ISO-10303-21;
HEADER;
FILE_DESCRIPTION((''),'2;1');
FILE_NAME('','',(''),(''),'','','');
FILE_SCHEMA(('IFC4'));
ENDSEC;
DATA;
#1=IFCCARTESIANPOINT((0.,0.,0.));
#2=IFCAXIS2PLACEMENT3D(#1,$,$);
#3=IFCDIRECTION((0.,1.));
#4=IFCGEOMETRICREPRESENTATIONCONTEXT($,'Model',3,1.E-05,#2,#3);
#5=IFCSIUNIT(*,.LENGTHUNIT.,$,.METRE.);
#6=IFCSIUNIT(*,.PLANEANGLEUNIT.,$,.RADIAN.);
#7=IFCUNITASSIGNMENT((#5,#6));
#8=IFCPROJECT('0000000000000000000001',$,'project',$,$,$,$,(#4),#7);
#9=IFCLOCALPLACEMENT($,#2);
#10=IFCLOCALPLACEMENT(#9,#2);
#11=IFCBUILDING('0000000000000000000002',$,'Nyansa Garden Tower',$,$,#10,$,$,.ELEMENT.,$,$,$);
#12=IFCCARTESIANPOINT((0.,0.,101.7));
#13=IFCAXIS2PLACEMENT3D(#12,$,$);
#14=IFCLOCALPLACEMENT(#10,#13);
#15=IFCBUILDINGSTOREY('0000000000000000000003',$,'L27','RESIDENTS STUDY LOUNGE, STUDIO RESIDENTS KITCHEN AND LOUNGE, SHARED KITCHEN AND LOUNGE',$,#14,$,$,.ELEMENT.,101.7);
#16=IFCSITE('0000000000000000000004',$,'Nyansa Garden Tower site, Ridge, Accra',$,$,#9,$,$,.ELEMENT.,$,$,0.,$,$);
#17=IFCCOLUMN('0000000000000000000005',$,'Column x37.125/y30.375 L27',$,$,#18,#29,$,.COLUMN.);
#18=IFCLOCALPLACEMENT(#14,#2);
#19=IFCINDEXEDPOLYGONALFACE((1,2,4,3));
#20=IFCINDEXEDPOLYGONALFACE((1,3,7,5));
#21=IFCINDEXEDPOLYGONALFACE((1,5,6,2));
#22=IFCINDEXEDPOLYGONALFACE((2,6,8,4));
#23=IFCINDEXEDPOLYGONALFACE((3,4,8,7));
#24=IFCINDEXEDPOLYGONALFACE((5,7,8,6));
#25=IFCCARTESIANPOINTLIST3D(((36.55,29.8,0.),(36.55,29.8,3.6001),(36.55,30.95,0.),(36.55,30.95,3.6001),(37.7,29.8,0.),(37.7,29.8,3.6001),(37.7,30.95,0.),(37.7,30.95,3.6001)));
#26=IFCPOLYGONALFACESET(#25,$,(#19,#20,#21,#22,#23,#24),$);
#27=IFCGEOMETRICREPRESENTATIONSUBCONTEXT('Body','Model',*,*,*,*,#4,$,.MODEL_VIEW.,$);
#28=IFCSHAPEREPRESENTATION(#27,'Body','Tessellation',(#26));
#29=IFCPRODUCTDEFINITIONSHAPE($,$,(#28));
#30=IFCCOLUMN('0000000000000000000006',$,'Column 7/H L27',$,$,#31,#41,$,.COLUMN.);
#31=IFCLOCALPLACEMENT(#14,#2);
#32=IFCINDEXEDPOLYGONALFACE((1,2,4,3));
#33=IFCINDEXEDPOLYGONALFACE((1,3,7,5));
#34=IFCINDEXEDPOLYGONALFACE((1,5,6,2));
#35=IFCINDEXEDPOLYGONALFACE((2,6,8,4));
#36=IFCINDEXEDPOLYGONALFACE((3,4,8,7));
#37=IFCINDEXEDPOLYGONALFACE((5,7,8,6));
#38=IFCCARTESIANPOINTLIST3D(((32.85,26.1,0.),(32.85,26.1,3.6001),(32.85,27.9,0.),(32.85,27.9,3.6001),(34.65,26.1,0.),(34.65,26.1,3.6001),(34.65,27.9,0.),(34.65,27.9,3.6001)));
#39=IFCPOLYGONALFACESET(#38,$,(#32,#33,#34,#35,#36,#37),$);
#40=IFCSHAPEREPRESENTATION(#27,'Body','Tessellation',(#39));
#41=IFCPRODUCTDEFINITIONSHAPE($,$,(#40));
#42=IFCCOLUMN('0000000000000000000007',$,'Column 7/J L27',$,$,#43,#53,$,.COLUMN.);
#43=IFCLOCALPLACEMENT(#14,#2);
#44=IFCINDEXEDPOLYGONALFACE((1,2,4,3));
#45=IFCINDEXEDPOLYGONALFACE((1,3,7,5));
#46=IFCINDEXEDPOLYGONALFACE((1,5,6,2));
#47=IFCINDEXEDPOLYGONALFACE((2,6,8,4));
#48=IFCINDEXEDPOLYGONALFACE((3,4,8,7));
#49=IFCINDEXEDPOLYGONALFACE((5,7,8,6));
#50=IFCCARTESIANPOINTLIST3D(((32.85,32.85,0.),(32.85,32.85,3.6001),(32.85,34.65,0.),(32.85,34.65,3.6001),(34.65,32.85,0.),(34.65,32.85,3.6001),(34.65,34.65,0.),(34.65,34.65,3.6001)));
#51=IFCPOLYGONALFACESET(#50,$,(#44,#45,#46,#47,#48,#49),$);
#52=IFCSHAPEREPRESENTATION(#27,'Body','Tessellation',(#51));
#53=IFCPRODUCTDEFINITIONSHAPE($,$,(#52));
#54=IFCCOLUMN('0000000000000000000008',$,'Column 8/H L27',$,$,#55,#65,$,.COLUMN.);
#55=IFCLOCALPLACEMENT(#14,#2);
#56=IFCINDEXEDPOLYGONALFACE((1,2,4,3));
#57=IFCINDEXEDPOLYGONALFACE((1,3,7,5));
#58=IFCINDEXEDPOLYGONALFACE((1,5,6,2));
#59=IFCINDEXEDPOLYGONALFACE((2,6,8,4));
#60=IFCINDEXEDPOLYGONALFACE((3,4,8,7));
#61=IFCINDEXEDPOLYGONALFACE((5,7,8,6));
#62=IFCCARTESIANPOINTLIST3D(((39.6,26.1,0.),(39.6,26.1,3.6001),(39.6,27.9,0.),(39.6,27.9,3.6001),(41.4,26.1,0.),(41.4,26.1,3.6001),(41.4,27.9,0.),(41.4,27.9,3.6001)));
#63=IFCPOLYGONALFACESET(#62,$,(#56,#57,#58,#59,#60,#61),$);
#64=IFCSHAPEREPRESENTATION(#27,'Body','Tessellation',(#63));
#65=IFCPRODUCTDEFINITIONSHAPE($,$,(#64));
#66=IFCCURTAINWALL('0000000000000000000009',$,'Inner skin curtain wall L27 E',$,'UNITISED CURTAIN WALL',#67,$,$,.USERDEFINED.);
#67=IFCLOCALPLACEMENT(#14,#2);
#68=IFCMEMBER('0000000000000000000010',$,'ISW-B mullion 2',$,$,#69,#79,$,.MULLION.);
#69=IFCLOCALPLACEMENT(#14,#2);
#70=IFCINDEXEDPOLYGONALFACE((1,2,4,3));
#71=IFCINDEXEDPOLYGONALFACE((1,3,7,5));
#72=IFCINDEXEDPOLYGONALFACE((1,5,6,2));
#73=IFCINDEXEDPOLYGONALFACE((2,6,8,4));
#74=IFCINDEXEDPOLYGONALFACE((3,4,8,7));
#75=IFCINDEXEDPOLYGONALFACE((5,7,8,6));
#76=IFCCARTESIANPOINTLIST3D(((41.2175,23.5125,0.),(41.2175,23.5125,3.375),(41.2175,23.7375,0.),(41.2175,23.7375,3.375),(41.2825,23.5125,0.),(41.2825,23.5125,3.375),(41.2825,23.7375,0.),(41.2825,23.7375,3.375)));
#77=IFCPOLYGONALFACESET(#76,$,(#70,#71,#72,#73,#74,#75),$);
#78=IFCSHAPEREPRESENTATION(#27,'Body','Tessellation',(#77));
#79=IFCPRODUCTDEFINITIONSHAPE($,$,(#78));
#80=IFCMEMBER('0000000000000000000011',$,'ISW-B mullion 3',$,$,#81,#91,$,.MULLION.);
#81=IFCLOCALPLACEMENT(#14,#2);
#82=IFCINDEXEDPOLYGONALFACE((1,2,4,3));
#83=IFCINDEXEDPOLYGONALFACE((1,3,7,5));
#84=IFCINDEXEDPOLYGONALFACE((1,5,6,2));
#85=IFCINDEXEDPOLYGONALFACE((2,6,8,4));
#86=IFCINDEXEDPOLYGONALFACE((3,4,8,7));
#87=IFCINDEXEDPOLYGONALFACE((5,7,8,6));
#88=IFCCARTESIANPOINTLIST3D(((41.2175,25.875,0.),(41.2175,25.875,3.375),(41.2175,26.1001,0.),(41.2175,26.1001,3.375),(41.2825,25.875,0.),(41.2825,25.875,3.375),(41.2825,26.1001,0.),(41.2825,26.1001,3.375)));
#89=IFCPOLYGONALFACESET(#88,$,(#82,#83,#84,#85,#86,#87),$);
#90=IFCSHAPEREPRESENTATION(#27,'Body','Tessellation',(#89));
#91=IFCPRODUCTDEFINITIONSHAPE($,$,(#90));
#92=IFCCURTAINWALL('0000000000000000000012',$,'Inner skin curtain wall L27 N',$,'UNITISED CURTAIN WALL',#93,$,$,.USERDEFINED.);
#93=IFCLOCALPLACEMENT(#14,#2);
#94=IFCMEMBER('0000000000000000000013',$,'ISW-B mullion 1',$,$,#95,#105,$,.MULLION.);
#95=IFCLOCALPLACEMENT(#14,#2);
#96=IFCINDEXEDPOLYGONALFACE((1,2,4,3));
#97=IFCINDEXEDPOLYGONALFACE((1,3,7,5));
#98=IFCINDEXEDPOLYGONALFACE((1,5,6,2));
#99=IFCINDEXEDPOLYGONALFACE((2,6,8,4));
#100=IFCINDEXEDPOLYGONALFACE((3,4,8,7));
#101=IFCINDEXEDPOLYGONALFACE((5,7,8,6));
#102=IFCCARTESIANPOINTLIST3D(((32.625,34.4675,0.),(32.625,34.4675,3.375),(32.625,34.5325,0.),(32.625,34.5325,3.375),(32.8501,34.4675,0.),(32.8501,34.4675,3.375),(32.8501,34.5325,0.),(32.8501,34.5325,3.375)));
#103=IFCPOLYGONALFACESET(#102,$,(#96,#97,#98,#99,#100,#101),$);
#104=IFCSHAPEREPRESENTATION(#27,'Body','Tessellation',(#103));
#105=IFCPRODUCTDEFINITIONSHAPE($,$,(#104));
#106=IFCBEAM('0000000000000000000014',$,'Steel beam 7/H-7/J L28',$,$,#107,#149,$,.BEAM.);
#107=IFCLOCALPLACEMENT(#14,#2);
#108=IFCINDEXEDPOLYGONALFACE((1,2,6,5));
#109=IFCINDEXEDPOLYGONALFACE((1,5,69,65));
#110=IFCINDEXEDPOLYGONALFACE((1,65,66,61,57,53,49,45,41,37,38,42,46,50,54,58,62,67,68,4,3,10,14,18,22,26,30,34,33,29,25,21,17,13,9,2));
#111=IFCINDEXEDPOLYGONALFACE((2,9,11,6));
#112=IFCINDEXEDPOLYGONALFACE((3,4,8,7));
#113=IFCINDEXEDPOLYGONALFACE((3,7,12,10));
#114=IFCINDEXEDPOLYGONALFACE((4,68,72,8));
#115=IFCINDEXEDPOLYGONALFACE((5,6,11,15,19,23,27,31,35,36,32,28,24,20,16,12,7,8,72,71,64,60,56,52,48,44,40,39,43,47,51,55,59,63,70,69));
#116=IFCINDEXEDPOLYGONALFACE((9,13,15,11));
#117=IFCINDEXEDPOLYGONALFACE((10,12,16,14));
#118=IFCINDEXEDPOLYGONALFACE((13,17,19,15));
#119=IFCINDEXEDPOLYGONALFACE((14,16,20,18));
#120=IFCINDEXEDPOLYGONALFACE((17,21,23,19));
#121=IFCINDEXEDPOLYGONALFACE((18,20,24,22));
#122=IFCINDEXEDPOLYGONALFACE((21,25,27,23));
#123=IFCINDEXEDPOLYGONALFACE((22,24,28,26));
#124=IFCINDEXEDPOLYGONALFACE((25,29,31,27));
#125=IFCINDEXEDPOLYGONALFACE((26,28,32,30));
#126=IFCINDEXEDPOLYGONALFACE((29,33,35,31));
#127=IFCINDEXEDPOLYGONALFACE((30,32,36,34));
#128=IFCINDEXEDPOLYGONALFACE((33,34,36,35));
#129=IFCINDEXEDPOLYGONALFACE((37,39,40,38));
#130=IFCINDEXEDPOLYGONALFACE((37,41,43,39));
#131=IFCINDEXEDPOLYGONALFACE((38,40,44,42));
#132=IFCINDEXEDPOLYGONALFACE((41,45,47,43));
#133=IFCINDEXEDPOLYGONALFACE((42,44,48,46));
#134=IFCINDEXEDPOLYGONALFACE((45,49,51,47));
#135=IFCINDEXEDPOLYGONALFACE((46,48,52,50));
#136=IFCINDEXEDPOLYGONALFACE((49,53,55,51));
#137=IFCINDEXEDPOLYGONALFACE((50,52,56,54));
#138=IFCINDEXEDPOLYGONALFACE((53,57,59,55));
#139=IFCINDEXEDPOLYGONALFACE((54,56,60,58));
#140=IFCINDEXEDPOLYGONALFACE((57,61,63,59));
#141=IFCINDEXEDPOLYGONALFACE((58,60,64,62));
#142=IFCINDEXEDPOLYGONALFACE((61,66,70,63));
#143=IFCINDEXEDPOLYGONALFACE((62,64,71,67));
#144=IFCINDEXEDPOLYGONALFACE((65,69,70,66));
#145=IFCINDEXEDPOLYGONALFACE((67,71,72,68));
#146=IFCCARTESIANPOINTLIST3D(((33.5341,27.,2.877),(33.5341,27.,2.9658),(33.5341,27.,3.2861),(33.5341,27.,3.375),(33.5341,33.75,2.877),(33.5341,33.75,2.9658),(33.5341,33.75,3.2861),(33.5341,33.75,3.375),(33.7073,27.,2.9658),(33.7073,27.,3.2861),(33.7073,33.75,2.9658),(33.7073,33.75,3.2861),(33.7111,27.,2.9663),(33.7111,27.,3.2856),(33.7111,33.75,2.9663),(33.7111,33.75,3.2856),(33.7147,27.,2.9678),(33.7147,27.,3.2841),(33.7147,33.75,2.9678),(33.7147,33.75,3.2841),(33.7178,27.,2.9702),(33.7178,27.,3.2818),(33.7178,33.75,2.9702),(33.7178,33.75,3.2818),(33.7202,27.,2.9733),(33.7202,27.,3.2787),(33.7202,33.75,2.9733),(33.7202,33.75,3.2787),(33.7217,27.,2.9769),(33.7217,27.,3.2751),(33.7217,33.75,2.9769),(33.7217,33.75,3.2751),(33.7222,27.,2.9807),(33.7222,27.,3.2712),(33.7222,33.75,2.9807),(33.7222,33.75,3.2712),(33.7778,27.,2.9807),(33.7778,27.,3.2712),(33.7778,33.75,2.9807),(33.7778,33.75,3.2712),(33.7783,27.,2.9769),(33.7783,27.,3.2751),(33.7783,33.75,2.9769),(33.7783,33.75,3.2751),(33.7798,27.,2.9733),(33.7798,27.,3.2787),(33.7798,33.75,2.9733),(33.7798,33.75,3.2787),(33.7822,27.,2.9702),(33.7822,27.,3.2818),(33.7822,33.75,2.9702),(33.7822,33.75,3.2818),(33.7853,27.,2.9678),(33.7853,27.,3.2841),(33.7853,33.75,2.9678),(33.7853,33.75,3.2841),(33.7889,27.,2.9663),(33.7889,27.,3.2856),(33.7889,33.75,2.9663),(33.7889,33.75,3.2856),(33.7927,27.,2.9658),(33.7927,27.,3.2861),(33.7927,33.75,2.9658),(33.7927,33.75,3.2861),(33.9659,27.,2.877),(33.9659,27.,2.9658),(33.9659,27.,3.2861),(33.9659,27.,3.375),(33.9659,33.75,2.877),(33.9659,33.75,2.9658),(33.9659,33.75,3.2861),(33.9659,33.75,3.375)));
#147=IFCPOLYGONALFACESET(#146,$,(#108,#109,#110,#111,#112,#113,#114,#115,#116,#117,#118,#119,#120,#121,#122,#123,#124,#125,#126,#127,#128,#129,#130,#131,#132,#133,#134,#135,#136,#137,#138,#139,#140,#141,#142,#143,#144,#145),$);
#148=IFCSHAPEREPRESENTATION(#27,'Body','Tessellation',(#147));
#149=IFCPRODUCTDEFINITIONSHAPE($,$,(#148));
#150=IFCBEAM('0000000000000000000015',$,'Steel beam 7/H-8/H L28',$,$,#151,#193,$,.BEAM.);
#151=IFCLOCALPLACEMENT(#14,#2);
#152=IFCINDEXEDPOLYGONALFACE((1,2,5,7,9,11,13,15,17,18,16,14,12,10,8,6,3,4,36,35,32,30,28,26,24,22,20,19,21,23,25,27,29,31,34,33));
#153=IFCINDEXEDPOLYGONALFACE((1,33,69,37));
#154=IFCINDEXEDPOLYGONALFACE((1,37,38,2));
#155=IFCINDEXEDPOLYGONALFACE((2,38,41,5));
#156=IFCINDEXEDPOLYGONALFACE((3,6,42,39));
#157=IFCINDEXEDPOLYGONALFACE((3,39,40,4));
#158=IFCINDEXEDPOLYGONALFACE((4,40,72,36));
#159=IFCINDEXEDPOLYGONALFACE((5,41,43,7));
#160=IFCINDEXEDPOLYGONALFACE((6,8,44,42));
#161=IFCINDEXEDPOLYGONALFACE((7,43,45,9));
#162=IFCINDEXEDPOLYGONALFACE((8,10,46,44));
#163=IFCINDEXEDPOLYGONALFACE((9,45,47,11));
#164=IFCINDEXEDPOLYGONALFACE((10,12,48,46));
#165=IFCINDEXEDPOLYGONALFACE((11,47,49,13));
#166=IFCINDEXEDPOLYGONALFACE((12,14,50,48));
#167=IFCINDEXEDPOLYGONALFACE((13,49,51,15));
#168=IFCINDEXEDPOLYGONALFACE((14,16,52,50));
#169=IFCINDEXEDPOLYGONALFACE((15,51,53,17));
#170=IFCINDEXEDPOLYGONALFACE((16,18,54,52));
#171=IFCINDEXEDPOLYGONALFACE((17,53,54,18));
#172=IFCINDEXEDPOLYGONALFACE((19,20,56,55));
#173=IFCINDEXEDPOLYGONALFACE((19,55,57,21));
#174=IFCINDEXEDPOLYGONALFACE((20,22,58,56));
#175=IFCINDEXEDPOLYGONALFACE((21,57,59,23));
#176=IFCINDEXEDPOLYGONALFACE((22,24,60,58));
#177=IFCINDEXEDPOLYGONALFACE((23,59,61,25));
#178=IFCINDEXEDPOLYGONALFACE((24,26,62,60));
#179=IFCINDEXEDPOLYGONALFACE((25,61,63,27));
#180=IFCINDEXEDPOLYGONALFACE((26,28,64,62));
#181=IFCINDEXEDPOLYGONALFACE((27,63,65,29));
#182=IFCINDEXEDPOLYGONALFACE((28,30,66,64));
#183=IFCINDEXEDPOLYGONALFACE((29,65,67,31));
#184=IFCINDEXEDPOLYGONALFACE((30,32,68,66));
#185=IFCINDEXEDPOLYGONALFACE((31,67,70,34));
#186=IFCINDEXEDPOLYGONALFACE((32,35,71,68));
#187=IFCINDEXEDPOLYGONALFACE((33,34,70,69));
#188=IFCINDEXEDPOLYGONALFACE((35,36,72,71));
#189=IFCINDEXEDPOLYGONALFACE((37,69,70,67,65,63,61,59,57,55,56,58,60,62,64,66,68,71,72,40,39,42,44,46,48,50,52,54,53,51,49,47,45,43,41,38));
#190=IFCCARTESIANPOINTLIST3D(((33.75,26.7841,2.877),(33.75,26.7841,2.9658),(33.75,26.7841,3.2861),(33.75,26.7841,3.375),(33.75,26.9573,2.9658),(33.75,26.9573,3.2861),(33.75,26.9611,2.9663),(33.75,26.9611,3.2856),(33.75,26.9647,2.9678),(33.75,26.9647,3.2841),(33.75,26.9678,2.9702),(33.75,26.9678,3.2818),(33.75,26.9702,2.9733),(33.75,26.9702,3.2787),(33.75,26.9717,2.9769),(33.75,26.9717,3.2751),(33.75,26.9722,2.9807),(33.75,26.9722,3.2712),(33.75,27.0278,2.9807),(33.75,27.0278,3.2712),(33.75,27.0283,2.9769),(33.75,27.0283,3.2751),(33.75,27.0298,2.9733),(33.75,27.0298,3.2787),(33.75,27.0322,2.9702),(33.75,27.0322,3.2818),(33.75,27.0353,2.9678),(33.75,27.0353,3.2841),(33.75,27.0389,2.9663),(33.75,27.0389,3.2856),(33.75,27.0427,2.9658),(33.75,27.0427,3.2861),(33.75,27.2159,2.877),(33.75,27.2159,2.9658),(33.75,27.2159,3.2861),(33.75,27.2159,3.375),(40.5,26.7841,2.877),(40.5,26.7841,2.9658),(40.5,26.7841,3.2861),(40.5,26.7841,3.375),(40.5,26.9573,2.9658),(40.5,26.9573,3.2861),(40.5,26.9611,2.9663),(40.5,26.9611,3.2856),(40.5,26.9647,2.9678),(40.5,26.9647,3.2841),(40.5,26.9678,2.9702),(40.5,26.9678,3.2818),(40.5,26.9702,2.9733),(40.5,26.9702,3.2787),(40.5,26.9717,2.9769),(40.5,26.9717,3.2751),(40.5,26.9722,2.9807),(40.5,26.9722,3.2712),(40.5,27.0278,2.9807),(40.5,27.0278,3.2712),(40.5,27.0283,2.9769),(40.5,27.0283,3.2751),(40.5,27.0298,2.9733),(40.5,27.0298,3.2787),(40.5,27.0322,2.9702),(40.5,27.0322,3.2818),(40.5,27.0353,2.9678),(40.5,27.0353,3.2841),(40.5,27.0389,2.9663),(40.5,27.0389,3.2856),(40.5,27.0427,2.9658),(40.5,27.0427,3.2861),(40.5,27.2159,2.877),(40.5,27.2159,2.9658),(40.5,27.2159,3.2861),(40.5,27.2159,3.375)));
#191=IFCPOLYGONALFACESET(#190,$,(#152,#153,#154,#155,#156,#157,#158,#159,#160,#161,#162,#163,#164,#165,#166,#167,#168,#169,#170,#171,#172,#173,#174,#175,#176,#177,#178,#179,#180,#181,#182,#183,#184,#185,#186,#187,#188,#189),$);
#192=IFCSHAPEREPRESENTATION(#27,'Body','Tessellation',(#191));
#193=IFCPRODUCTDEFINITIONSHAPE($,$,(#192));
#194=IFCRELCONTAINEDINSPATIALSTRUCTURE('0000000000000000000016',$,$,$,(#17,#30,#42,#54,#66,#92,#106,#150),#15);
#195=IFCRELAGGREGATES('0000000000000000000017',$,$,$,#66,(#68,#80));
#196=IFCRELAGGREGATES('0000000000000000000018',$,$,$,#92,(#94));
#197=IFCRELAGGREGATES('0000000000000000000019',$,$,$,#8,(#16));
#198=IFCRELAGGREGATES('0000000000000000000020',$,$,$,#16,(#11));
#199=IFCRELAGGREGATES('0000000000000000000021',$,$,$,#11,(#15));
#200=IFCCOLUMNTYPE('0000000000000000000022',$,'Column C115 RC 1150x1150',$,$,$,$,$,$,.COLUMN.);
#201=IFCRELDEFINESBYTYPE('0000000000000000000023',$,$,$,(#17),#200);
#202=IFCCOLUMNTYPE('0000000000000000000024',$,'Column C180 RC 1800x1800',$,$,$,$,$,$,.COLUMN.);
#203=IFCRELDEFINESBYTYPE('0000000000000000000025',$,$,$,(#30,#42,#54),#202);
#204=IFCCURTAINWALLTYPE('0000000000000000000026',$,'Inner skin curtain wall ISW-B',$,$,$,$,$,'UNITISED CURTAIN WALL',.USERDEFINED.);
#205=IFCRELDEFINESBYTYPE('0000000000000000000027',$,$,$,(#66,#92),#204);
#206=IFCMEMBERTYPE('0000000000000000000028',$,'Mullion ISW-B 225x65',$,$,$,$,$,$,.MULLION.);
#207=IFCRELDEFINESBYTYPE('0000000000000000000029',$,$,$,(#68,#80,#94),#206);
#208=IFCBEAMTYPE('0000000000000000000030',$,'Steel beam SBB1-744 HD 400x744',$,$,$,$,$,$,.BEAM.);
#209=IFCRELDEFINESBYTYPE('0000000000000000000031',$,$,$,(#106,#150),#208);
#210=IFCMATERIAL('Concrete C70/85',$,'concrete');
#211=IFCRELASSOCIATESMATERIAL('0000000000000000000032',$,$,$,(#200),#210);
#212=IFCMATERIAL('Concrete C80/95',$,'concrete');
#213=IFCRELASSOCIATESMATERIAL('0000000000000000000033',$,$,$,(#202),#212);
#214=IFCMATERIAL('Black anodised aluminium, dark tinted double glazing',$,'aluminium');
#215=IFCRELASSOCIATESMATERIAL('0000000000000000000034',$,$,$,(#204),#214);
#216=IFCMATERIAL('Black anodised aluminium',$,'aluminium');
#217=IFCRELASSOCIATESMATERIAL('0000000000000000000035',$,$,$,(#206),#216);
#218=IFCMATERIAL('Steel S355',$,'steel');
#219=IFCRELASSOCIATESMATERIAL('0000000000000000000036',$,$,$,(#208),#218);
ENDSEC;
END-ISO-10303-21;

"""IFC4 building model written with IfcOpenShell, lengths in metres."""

from ifc_helpers import new_model, si_unit, direction, frame, origin, origin_2d, place, context, subcontext, project, spatial, rectangle, i_section, extrude, material, material_profile, profile_set, type_object, element, aggregate, save


model = new_model("IFC4")

# Units and contexts
model_context = context("Model", 3, precision=1e-05, world=origin(), true_north=direction((0.0, 1.0)))
body_context = subcontext(model_context, "Body", "Model", "MODEL_VIEW")
ifc_project = project(units=[si_unit("LENGTHUNIT", "METRE"), si_unit("PLANEANGLEUNIT", "RADIAN")], contexts=[model_context])

# Site, building, storey
site_placement = place(None, origin())
site = spatial("IfcSite", under=ifc_project, at=site_placement, Name="Nyansa Garden Tower site, Ridge, Accra", CompositionType="ELEMENT", RefElevation=0.0)
building_placement = place(site_placement, origin())
building = spatial("IfcBuilding", under=site, at=building_placement, Name="Nyansa Garden Tower", CompositionType="ELEMENT")
storey_placement = place(building_placement, frame((0.0, 0.0, 101.7)))
storey = spatial("IfcBuildingStorey", under=building, at=storey_placement, Name="L27", Description="RESIDENTS STUDY LOUNGE, STUDIO RESIDENTS KITCHEN AND LOUNGE, SHARED KITCHEN AND LOUNGE", CompositionType="ELEMENT", Elevation=101.7)

# Columns
ifc_material_1 = material(Name="Concrete C70/85", Category="concrete")
ifc_material_profile_1 = material_profile(ifc_material_1, rectangle(XDim=1.1499, YDim=1.1499, at=origin_2d()), Name="RC 1150x1150")
ifc_profile_set_1 = profile_set([ifc_material_profile_1], Name="Concrete C70/85")
column_type_1 = type_object("IfcColumnType", Name="Column C115 RC 1150x1150", PredefinedType="COLUMN", material=ifc_profile_set_1)
column_placement = place(storey_placement, frame((37.125, 30.375, 0.0), z_axis=(0.0, 0.0, 1.0), x_axis=(1.0, 0.0, 0.0)))
element("IfcColumn", 1, at=column_placement, inside=storey, type_object=column_type_1, Name="Column x37.125/y30.375 L27", PredefinedType="COLUMN", context=body_context, shape_type="SweptSolid", body=[
    extrude(rectangle(XDim=1.1499, YDim=1.1499, at=origin_2d()), origin(), (0.0, 0.0, 1.0), 3.6001),
])
ifc_material_2 = material(Name="Concrete C80/95", Category="concrete")
ifc_material_profile_2 = material_profile(ifc_material_2, rectangle(XDim=1.8, YDim=1.8, at=origin_2d()), Name="RC 1800x1800")
ifc_profile_set_2 = profile_set([ifc_material_profile_2], Name="Concrete C80/95")
column_type_2 = type_object("IfcColumnType", Name="Column C180 RC 1800x1800", PredefinedType="COLUMN", material=ifc_profile_set_2)
for number, where, z_axis, x_axis, name in (
    (2, (33.75, 27.0, 0.0), (0.0, 0.0, 1.0), (1.0, 0.0, 0.0), "Column 7/H L27"),
    (3, (33.75, 33.75, 0.0), (0.0, 0.0, 1.0), (1.0, 0.0, 0.0), "Column 7/J L27"),
    (4, (40.5, 27.0, 0.0), (0.0, 0.0, 1.0), (1.0, 0.0, 0.0), "Column 8/H L27"),
):
    element("IfcColumn", number, at=place(storey_placement, frame(where, z_axis=z_axis, x_axis=x_axis)), inside=storey, type_object=column_type_2, Name=name, PredefinedType="COLUMN", context=body_context, shape_type="SweptSolid", body=[
        extrude(rectangle(XDim=1.8, YDim=1.8, at=origin_2d()), origin(), (0.0, 0.0, 1.0), 3.6001),
    ])

# Curtain wall, members
ifc_material_3 = material(Name="Black anodised aluminium, dark tinted double glazing", Category="aluminium")
curtain_wall_type = type_object("IfcCurtainWallType", Name="Inner skin curtain wall ISW-B", ElementType="UNITISED CURTAIN WALL", PredefinedType="USERDEFINED", material=ifc_material_3)
curtain_wall_1_placement = place(storey_placement, origin())
curtain_wall_1 = element("IfcCurtainWall", 5, at=curtain_wall_1_placement, inside=storey, type_object=curtain_wall_type, Name="Inner skin curtain wall L27 E", ObjectType="UNITISED CURTAIN WALL", PredefinedType="USERDEFINED")
ifc_material_4 = material(Name="Black anodised aluminium", Category="aluminium")
ifc_material_profile_3 = material_profile(ifc_material_4, rectangle(XDim=0.0649, YDim=0.2251, at=origin_2d()), Name="Mullion 225x65")
ifc_profile_set_3 = profile_set([ifc_material_profile_3], Name="Black anodised aluminium")
member_type_1 = type_object("IfcMemberType", Name="Mullion ISW-B 225x65", PredefinedType="MULLION", material=ifc_profile_set_3)
member_1_placement = place(storey_placement, frame((41.25, 23.625, 0.0), z_axis=(0.0, 0.0, 1.0), x_axis=(-1.0, 0.0, 0.0)))
member_1 = element("IfcMember", 6, at=member_1_placement, type_object=member_type_1, Name="ISW-B mullion 2", PredefinedType="MULLION", context=body_context, shape_type="SweptSolid", body=[
    extrude(rectangle(XDim=0.0649, YDim=0.2251, at=origin_2d()), origin(), (0.0, 0.0, 1.0), 3.375),
])
member_2_placement = place(storey_placement, frame((41.25, 25.9875, 0.0), z_axis=(0.0, 0.0, 1.0), x_axis=(-1.0, 0.0, 0.0)))
member_2 = element("IfcMember", 7, at=member_2_placement, type_object=member_type_1, Name="ISW-B mullion 3", PredefinedType="MULLION", context=body_context, shape_type="SweptSolid", body=[
    extrude(rectangle(XDim=0.0649, YDim=0.2251, at=origin_2d()), origin(), (0.0, 0.0, 1.0), 3.375),
])

# Curtain wall, member
curtain_wall_2_placement = place(storey_placement, origin())
curtain_wall_2 = element("IfcCurtainWall", 8, at=curtain_wall_2_placement, inside=storey, type_object=curtain_wall_type, Name="Inner skin curtain wall L27 N", ObjectType="UNITISED CURTAIN WALL", PredefinedType="USERDEFINED")
member_3_placement = place(storey_placement, frame((32.7375, 34.5, 0.0), z_axis=(0.0, 0.0, 1.0), x_axis=(0.0, -1.0, 0.0)))
member_3 = element("IfcMember", 9, at=member_3_placement, type_object=member_type_1, Name="ISW-B mullion 1", PredefinedType="MULLION", context=body_context, shape_type="SweptSolid", body=[
    extrude(rectangle(XDim=0.0649, YDim=0.2251, at=origin_2d()), origin(), (0.0, 0.0, 1.0), 3.375),
])

# Beams
ifc_material_5 = material(Name="Steel S355", Category="steel")
ifc_material_profile_4 = material_profile(ifc_material_5, i_section(OverallWidth=0.4319, OverallDepth=0.498, WebThickness=0.0557, FlangeThickness=0.0889, FilletRadius=0.0149, at=origin_2d()), Name="HD 400x744")
ifc_profile_set_4 = profile_set([ifc_material_profile_4], Name="Steel S355")
beam_type_1 = type_object("IfcBeamType", Name="Steel beam SBB1-744 HD 400x744", PredefinedType="BEAM", material=ifc_profile_set_4)
for number, where, z_axis, x_axis, name in (
    (10, (33.75, 27.0, 3.126), (0.0, 1.0, 0.0), (-1.0, 0.0, 0.0), "Steel beam 7/H-7/J L28"),
    (11, (33.75, 27.0, 3.126), (1.0, 0.0, 0.0), (0.0, 1.0, 0.0), "Steel beam 7/H-8/H L28"),
):
    element("IfcBeam", number, at=place(storey_placement, frame(where, z_axis=z_axis, x_axis=x_axis)), inside=storey, type_object=beam_type_1, Name=name, PredefinedType="BEAM", context=body_context, shape_type="SweptSolid", body=[
        extrude(i_section(OverallWidth=0.4319, OverallDepth=0.498, WebThickness=0.0557, FlangeThickness=0.0889, FilletRadius=0.0149, at=origin_2d()), origin(), (0.0, 0.0, 1.0), 6.75),
    ])

aggregate(curtain_wall_1, [member_1, member_2])
aggregate(curtain_wall_2, [member_3])

save(model, "model.ifc")
